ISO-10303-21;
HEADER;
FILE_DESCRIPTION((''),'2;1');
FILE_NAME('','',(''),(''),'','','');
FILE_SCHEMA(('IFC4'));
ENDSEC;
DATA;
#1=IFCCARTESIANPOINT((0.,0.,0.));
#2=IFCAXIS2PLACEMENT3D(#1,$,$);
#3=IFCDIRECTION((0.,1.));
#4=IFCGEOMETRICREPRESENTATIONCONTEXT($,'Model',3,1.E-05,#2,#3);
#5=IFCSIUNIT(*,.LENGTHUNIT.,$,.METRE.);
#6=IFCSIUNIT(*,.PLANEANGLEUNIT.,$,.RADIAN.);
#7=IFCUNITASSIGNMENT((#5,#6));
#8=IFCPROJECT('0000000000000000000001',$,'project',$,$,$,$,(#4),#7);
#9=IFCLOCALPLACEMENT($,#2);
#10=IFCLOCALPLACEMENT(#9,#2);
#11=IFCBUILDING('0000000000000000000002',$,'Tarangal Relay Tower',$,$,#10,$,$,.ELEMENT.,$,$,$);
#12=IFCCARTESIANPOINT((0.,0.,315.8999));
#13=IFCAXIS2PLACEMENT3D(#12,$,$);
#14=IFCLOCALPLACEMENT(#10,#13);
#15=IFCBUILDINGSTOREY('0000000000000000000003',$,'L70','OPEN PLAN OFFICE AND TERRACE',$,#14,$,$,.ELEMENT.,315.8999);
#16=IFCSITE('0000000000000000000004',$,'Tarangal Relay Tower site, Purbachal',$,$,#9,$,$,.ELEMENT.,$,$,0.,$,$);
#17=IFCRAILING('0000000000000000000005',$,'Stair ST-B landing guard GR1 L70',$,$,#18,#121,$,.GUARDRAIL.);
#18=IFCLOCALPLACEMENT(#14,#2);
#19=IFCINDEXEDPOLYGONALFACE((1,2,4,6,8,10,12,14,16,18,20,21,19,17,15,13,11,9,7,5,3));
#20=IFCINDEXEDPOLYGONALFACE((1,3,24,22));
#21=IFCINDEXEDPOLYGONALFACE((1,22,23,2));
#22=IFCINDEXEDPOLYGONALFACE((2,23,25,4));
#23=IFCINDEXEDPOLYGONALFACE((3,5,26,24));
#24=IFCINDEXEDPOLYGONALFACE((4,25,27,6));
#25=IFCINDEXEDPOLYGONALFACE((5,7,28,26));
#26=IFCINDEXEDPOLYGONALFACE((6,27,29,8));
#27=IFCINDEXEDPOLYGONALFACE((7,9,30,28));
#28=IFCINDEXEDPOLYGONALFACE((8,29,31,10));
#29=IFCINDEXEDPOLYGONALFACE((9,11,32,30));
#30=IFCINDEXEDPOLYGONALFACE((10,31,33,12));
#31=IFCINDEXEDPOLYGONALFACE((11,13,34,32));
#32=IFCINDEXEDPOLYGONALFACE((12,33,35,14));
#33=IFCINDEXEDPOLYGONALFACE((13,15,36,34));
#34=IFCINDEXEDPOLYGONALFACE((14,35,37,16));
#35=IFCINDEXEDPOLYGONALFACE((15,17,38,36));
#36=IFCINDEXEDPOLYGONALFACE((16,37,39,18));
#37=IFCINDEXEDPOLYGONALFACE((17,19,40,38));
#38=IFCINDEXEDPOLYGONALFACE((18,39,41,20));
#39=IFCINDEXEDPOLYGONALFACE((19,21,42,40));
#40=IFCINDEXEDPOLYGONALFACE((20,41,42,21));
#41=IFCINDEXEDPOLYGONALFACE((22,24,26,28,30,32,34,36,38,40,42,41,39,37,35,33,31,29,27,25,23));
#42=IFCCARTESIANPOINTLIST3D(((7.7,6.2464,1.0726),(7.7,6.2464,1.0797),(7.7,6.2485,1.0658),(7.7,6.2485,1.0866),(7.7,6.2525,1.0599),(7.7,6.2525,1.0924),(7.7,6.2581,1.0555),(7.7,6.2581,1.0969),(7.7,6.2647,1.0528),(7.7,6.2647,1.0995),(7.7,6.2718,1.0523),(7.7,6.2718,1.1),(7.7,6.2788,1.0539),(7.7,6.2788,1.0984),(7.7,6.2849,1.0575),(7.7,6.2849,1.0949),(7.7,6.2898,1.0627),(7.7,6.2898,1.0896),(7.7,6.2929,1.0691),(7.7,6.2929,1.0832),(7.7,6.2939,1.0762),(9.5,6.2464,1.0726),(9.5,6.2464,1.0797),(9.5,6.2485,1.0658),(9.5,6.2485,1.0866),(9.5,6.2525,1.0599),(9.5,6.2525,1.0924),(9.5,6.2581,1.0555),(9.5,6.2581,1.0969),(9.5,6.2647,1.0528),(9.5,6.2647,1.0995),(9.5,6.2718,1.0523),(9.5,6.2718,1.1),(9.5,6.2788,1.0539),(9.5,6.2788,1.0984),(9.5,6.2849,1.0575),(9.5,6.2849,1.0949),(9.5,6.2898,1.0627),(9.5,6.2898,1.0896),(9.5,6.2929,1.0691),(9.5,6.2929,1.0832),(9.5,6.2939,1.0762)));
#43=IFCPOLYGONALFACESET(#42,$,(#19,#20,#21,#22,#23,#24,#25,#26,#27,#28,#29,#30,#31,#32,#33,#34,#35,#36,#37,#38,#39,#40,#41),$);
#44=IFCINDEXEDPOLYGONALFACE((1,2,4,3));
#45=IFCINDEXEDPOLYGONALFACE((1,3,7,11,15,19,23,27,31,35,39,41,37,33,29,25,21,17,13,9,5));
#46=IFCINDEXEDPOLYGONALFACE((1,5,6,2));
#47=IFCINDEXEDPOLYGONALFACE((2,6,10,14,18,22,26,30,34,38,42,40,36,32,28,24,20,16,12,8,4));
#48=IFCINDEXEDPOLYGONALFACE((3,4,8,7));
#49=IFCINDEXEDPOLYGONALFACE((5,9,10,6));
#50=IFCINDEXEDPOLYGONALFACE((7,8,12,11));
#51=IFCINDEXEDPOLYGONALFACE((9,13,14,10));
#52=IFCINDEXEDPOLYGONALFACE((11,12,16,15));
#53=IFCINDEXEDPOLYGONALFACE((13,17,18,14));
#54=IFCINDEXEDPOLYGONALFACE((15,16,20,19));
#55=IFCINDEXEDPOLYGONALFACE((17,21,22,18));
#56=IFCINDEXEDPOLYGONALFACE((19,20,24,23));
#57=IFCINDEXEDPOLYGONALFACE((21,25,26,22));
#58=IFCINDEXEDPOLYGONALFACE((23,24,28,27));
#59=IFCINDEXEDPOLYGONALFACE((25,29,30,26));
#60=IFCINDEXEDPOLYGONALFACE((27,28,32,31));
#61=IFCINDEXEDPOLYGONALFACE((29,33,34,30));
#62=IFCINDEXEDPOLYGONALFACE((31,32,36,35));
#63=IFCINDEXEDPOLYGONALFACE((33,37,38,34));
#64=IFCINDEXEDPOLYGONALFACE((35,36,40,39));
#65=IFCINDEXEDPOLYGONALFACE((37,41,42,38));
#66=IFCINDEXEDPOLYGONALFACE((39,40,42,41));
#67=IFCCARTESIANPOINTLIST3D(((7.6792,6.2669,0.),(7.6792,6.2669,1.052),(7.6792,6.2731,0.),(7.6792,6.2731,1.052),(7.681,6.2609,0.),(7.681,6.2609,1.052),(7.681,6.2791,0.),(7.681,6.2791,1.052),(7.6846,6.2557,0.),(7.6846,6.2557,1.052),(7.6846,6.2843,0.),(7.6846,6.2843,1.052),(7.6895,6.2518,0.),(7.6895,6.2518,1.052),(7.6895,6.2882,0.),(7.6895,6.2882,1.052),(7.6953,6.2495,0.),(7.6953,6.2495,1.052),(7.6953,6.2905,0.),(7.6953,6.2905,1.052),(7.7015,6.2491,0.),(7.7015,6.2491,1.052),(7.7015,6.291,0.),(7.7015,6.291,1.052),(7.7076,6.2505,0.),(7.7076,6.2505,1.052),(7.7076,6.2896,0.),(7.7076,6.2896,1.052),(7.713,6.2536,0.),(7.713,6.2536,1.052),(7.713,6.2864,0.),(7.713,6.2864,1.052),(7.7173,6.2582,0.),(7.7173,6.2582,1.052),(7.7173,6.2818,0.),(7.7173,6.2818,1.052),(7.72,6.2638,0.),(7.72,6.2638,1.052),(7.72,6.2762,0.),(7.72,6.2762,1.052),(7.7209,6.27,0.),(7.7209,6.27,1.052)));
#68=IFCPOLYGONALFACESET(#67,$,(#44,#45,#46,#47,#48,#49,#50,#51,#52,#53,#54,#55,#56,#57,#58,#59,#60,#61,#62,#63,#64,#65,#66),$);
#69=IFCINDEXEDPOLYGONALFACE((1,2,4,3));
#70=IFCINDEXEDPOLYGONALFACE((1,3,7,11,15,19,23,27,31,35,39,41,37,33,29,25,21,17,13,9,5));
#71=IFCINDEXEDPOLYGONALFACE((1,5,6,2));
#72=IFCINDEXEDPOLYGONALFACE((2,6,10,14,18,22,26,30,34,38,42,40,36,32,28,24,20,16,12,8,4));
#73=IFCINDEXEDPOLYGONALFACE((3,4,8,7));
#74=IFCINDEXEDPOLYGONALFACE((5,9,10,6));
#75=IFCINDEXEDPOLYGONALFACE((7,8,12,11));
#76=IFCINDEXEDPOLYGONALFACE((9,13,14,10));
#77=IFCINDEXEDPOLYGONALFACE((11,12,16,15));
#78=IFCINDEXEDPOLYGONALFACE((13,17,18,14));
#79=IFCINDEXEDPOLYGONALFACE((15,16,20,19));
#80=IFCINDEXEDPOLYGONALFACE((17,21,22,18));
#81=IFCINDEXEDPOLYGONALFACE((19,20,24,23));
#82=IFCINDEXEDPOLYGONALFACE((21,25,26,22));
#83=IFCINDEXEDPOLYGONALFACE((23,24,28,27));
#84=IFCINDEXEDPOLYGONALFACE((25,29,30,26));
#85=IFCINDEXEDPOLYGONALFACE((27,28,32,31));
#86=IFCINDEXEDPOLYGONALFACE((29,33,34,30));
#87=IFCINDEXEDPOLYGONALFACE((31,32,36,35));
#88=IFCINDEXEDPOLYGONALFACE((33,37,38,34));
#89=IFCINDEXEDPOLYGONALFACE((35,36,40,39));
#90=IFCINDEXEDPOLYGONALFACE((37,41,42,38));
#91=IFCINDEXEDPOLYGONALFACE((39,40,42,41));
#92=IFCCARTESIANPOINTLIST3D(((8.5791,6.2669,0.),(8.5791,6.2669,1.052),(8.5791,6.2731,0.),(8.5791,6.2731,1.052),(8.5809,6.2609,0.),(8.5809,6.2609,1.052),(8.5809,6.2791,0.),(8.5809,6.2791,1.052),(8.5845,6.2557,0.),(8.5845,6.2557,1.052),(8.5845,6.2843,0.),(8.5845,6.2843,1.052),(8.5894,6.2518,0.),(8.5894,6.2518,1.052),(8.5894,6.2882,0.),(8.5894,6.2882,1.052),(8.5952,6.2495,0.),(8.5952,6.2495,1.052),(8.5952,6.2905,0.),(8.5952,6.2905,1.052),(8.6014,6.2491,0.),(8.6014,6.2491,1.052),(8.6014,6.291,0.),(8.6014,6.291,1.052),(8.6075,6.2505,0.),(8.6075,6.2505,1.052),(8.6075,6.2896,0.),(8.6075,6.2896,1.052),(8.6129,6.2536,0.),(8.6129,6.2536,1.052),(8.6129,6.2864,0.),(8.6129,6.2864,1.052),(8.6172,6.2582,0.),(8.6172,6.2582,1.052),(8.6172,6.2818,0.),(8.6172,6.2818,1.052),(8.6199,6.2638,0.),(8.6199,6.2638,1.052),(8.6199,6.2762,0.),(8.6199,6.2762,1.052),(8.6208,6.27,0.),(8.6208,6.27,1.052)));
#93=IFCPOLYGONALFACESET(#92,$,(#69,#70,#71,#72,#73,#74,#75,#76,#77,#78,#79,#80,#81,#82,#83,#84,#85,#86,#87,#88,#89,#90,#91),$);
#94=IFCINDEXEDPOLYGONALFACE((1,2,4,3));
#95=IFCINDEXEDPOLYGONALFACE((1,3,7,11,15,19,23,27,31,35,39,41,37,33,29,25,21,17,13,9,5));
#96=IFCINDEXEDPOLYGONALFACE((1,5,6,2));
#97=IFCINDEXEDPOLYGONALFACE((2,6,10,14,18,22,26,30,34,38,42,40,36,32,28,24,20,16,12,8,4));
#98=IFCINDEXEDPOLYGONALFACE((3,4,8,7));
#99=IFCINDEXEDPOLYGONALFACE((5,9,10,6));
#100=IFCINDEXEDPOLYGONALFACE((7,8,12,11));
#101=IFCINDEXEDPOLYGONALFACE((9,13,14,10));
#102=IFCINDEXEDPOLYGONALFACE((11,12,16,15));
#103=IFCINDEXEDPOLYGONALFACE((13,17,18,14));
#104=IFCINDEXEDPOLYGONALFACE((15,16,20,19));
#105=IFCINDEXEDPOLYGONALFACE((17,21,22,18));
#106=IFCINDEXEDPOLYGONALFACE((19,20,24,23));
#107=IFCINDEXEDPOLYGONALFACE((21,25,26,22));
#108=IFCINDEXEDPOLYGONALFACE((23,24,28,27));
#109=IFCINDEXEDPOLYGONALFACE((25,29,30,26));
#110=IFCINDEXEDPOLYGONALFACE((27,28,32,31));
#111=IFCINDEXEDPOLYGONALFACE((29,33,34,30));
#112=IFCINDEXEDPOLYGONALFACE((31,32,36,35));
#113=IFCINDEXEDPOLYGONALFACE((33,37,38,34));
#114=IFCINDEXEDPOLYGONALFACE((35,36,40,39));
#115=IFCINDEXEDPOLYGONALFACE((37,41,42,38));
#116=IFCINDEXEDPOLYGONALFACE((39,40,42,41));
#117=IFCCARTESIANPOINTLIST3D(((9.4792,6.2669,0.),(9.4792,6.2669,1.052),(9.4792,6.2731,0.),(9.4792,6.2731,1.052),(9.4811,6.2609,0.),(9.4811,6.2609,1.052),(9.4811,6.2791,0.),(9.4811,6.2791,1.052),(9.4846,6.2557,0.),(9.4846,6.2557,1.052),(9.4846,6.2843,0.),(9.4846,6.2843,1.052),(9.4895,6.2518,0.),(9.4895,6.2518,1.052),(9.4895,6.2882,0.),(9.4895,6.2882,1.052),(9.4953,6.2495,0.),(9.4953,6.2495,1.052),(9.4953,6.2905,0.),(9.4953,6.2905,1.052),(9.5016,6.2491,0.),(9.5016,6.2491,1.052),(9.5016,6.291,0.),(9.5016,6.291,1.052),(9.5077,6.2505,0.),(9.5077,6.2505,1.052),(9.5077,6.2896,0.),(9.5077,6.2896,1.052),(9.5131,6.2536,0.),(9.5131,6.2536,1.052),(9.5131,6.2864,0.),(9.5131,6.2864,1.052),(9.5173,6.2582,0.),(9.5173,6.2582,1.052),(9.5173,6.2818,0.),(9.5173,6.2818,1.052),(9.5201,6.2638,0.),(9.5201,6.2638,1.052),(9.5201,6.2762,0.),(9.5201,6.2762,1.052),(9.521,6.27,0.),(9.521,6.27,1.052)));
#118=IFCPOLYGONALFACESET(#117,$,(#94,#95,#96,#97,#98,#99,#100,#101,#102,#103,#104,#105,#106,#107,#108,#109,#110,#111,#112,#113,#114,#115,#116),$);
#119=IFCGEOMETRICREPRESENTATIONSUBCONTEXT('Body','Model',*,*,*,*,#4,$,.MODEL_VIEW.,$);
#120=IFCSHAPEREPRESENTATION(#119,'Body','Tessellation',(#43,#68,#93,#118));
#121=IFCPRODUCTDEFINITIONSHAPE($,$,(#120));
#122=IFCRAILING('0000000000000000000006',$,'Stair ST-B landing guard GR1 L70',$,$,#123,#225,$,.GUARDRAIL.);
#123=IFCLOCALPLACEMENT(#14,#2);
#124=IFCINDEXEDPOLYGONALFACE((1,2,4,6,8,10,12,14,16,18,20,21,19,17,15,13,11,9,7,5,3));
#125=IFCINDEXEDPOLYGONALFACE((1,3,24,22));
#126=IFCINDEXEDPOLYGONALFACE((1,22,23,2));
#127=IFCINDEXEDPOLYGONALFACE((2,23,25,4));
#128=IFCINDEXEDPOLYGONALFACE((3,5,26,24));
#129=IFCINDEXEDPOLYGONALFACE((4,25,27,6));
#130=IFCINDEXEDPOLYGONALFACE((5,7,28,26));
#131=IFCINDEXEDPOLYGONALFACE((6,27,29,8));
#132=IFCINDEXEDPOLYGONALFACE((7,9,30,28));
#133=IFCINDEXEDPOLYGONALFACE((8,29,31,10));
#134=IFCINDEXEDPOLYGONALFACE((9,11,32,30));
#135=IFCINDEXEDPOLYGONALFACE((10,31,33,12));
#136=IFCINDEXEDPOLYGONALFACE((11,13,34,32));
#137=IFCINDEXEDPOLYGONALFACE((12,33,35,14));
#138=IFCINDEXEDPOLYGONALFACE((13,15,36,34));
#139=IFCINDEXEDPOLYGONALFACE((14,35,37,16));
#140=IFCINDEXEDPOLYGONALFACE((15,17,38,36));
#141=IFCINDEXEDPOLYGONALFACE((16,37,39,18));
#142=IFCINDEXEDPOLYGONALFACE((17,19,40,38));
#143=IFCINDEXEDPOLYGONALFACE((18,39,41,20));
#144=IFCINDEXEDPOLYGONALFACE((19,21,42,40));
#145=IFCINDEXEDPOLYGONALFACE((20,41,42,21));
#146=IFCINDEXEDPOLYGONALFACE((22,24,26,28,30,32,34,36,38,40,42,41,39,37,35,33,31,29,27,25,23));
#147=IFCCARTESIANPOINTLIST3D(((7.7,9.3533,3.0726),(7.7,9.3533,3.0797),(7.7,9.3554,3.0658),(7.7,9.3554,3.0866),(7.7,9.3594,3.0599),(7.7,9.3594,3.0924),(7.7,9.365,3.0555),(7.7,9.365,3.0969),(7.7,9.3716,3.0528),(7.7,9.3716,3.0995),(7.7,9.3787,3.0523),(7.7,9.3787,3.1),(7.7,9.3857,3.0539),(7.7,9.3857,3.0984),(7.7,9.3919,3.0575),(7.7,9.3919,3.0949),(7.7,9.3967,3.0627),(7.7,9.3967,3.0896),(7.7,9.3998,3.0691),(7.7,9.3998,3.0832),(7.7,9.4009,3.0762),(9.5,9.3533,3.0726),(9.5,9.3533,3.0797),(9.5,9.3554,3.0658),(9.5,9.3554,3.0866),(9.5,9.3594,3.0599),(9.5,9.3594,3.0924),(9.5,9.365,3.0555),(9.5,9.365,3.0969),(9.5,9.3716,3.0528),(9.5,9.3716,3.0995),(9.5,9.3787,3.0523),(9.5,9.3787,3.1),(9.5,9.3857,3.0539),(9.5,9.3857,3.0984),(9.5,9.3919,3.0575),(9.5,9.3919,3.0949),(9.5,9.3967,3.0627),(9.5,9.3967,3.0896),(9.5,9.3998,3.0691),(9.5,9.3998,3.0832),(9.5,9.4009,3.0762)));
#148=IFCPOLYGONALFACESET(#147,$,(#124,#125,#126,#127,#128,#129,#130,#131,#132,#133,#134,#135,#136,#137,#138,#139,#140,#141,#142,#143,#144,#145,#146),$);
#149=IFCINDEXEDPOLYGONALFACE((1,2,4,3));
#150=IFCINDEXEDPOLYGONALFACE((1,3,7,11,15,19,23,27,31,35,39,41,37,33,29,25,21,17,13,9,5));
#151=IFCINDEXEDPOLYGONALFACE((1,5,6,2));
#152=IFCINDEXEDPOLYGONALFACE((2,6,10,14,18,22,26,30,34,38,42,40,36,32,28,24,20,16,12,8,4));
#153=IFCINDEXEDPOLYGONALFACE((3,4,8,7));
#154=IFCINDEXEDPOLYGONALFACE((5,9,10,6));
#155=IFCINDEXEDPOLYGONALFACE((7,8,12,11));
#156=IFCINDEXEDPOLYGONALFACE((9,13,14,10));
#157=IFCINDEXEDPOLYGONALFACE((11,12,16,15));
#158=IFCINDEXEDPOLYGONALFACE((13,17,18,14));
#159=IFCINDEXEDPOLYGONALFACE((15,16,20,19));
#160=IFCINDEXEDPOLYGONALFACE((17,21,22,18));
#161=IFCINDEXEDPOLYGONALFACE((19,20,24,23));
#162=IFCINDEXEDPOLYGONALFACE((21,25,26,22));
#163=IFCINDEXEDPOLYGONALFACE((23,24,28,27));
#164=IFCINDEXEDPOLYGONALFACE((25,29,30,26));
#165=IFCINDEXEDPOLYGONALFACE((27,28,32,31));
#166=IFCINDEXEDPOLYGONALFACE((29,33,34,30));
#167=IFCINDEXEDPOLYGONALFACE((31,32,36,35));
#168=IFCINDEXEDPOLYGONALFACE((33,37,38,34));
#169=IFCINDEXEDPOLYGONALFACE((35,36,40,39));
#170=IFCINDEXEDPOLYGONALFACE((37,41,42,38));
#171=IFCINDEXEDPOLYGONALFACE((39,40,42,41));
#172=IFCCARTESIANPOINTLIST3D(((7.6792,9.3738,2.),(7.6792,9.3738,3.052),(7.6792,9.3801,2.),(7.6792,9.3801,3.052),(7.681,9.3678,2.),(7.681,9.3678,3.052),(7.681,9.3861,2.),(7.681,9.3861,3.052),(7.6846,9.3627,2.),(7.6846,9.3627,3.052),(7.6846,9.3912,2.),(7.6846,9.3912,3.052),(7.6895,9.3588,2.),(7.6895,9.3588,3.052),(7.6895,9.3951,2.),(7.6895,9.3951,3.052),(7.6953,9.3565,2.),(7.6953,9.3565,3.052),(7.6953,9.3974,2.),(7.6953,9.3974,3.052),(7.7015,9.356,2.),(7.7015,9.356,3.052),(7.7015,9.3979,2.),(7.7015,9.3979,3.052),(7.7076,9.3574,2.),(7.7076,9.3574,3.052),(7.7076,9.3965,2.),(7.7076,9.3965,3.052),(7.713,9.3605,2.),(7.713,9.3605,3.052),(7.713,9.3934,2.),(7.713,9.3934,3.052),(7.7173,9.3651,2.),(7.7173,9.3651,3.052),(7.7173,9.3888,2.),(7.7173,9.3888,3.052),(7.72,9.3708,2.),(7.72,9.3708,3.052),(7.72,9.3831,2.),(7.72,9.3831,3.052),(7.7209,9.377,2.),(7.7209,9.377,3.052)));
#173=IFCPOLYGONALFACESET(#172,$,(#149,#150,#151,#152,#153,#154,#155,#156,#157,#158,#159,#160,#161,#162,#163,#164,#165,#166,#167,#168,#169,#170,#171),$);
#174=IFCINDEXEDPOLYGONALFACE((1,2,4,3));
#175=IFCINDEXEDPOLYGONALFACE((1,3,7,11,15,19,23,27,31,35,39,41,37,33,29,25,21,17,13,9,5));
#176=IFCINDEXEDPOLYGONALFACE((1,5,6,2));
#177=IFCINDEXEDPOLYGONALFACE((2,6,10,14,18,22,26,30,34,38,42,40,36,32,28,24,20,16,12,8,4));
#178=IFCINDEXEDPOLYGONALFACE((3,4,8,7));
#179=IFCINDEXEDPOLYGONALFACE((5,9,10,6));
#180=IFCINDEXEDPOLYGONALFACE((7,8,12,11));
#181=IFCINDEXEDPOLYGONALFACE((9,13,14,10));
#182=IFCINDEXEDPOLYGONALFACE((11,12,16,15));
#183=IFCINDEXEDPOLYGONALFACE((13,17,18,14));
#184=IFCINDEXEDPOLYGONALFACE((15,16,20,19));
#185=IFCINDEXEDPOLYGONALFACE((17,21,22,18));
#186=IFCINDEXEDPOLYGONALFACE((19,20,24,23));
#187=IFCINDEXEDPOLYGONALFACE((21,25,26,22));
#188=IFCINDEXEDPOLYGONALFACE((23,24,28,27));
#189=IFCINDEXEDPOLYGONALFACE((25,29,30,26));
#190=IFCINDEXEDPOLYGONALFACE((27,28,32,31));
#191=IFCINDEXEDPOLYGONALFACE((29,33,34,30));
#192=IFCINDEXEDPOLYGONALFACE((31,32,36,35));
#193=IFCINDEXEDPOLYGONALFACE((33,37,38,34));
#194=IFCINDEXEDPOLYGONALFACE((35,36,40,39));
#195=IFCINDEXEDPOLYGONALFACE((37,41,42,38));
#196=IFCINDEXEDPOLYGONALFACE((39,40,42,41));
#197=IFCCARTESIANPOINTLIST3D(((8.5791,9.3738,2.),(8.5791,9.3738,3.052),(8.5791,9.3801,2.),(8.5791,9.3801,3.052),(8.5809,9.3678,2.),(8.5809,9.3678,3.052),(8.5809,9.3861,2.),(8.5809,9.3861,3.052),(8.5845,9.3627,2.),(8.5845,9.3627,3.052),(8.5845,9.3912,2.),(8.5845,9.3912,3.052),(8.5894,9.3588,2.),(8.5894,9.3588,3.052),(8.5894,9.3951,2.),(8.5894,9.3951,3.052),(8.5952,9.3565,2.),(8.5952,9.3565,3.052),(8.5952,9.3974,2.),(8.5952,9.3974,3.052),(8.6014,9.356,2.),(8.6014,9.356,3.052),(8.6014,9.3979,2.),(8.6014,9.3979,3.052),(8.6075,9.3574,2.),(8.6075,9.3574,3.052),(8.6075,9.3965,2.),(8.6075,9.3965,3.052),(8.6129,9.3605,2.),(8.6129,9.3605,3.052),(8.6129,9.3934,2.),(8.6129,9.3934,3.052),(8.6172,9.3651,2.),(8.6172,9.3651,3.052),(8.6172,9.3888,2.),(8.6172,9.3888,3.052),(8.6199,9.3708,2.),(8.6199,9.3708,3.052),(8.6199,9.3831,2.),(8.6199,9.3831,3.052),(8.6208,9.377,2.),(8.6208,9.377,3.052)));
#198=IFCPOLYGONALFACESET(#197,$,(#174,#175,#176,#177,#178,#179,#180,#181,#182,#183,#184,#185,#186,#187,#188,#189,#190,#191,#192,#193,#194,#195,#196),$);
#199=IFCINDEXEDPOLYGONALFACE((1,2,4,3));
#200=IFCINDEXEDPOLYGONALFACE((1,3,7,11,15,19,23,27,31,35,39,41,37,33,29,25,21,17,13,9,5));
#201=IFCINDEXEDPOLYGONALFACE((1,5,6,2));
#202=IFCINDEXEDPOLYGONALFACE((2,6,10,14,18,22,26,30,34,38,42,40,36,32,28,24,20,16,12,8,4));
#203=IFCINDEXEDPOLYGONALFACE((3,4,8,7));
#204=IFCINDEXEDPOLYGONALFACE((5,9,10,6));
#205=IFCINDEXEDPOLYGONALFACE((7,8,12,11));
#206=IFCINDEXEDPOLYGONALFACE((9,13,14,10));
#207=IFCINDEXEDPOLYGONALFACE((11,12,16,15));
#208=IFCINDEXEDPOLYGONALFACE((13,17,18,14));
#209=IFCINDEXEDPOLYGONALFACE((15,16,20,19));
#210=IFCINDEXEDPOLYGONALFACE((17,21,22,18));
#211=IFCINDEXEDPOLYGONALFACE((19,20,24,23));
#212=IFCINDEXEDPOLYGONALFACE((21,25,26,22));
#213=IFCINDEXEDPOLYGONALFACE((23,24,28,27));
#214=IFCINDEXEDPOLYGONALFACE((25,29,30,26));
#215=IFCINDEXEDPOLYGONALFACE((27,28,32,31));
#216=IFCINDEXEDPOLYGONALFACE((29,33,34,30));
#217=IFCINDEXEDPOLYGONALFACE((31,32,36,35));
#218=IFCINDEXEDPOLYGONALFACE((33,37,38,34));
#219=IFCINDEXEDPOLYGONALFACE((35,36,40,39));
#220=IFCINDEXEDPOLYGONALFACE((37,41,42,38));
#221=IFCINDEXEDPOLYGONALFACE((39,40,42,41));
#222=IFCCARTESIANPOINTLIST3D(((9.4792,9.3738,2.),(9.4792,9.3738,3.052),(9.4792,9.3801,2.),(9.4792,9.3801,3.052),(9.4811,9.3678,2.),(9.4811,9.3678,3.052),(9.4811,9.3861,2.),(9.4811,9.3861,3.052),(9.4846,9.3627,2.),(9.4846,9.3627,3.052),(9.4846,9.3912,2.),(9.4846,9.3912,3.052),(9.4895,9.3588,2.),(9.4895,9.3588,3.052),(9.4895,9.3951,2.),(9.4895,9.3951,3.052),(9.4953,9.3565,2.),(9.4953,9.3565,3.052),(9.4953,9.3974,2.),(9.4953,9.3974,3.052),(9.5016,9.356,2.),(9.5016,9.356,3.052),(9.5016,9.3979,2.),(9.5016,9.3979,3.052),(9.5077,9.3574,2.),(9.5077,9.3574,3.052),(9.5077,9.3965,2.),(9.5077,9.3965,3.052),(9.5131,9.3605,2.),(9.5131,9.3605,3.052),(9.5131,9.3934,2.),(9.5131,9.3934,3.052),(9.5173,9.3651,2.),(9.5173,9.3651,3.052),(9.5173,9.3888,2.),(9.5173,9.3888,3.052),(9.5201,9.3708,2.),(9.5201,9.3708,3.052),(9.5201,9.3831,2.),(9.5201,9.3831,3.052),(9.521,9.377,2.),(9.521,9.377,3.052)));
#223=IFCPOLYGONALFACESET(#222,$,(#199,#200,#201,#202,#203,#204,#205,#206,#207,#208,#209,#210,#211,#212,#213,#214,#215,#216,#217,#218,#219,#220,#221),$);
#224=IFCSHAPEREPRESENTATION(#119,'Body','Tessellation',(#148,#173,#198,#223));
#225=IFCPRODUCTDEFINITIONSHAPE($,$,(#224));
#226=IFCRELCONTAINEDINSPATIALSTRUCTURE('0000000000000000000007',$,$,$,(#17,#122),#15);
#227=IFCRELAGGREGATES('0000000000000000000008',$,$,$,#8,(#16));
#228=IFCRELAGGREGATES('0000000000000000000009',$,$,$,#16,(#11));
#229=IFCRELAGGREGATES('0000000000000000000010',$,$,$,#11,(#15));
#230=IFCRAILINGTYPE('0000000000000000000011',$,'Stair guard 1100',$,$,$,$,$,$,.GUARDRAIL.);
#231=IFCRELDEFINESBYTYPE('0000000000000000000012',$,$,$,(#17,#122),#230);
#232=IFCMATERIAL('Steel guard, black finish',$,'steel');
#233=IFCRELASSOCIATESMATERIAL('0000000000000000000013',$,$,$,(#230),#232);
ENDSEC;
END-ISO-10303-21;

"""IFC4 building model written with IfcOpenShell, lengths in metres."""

from ifc_helpers import new_model, si_unit, direction, frame, origin, origin_2d, place, context, subcontext, project, spatial, circle, extrude, material, type_object, element, save


model = new_model("IFC4")

# Units and contexts
model_context = context("Model", 3, precision=1e-05, world=origin(), true_north=direction((0.0, 1.0)))
body_context = subcontext(model_context, "Body", "Model", "MODEL_VIEW")
ifc_project = project(units=[si_unit("LENGTHUNIT", "METRE"), si_unit("PLANEANGLEUNIT", "RADIAN")], contexts=[model_context])

# Site, building, storey
site_placement = place(None, origin())
site = spatial("IfcSite", under=ifc_project, at=site_placement, Name="Tarangal Relay Tower site, Purbachal", CompositionType="ELEMENT", RefElevation=0.0)
building_placement = place(site_placement, origin())
building = spatial("IfcBuilding", under=site, at=building_placement, Name="Tarangal Relay Tower", CompositionType="ELEMENT")
storey_placement = place(building_placement, frame((0.0, 0.0, 315.8999)))
storey = spatial("IfcBuildingStorey", under=building, at=storey_placement, Name="L70", Description="OPEN PLAN OFFICE AND TERRACE", CompositionType="ELEMENT", Elevation=315.8999)

# Railings
ifc_material_1 = material(Name="Steel guard, black finish", Category="steel")
railing_type_1 = type_object("IfcRailingType", Name="Stair guard 1100", PredefinedType="GUARDRAIL", material=ifc_material_1)
for number, where, name in (
    (1, (7.7, 6.27, 0.0), "Stair ST-B landing guard GR1 L70"),
    (2, (7.7, 9.377, 2.0), "Stair ST-B landing guard GR1 L70"),
):
    element("IfcRailing", number, at=place(storey_placement, frame(where)), inside=storey, type_object=railing_type_1, Name=name, PredefinedType="GUARDRAIL", context=body_context, shape_type="SweptSolid", body=[
        extrude(circle(Radius=0.0239, at=origin_2d()), frame((0.0, 0.0, 1.0762), z_axis=(1.0, 0.0, 0.0), x_axis=(0.0, 1.0, 0.0)), (0.0, 0.0, 1.0), 1.8),
        extrude(circle(Radius=0.021, at=origin_2d()), origin(), (0.0, 0.0, 1.0), 1.052),
        extrude(circle(Radius=0.021, at=origin_2d()), frame((0.8999, 0.0, 0.0)), (0.0, 0.0, 1.0), 1.052),
        extrude(circle(Radius=0.021, at=origin_2d()), frame((1.8, 0.0, 0.0)), (0.0, 0.0, 1.0), 1.052),
    ])

save(model, "model.ifc")
